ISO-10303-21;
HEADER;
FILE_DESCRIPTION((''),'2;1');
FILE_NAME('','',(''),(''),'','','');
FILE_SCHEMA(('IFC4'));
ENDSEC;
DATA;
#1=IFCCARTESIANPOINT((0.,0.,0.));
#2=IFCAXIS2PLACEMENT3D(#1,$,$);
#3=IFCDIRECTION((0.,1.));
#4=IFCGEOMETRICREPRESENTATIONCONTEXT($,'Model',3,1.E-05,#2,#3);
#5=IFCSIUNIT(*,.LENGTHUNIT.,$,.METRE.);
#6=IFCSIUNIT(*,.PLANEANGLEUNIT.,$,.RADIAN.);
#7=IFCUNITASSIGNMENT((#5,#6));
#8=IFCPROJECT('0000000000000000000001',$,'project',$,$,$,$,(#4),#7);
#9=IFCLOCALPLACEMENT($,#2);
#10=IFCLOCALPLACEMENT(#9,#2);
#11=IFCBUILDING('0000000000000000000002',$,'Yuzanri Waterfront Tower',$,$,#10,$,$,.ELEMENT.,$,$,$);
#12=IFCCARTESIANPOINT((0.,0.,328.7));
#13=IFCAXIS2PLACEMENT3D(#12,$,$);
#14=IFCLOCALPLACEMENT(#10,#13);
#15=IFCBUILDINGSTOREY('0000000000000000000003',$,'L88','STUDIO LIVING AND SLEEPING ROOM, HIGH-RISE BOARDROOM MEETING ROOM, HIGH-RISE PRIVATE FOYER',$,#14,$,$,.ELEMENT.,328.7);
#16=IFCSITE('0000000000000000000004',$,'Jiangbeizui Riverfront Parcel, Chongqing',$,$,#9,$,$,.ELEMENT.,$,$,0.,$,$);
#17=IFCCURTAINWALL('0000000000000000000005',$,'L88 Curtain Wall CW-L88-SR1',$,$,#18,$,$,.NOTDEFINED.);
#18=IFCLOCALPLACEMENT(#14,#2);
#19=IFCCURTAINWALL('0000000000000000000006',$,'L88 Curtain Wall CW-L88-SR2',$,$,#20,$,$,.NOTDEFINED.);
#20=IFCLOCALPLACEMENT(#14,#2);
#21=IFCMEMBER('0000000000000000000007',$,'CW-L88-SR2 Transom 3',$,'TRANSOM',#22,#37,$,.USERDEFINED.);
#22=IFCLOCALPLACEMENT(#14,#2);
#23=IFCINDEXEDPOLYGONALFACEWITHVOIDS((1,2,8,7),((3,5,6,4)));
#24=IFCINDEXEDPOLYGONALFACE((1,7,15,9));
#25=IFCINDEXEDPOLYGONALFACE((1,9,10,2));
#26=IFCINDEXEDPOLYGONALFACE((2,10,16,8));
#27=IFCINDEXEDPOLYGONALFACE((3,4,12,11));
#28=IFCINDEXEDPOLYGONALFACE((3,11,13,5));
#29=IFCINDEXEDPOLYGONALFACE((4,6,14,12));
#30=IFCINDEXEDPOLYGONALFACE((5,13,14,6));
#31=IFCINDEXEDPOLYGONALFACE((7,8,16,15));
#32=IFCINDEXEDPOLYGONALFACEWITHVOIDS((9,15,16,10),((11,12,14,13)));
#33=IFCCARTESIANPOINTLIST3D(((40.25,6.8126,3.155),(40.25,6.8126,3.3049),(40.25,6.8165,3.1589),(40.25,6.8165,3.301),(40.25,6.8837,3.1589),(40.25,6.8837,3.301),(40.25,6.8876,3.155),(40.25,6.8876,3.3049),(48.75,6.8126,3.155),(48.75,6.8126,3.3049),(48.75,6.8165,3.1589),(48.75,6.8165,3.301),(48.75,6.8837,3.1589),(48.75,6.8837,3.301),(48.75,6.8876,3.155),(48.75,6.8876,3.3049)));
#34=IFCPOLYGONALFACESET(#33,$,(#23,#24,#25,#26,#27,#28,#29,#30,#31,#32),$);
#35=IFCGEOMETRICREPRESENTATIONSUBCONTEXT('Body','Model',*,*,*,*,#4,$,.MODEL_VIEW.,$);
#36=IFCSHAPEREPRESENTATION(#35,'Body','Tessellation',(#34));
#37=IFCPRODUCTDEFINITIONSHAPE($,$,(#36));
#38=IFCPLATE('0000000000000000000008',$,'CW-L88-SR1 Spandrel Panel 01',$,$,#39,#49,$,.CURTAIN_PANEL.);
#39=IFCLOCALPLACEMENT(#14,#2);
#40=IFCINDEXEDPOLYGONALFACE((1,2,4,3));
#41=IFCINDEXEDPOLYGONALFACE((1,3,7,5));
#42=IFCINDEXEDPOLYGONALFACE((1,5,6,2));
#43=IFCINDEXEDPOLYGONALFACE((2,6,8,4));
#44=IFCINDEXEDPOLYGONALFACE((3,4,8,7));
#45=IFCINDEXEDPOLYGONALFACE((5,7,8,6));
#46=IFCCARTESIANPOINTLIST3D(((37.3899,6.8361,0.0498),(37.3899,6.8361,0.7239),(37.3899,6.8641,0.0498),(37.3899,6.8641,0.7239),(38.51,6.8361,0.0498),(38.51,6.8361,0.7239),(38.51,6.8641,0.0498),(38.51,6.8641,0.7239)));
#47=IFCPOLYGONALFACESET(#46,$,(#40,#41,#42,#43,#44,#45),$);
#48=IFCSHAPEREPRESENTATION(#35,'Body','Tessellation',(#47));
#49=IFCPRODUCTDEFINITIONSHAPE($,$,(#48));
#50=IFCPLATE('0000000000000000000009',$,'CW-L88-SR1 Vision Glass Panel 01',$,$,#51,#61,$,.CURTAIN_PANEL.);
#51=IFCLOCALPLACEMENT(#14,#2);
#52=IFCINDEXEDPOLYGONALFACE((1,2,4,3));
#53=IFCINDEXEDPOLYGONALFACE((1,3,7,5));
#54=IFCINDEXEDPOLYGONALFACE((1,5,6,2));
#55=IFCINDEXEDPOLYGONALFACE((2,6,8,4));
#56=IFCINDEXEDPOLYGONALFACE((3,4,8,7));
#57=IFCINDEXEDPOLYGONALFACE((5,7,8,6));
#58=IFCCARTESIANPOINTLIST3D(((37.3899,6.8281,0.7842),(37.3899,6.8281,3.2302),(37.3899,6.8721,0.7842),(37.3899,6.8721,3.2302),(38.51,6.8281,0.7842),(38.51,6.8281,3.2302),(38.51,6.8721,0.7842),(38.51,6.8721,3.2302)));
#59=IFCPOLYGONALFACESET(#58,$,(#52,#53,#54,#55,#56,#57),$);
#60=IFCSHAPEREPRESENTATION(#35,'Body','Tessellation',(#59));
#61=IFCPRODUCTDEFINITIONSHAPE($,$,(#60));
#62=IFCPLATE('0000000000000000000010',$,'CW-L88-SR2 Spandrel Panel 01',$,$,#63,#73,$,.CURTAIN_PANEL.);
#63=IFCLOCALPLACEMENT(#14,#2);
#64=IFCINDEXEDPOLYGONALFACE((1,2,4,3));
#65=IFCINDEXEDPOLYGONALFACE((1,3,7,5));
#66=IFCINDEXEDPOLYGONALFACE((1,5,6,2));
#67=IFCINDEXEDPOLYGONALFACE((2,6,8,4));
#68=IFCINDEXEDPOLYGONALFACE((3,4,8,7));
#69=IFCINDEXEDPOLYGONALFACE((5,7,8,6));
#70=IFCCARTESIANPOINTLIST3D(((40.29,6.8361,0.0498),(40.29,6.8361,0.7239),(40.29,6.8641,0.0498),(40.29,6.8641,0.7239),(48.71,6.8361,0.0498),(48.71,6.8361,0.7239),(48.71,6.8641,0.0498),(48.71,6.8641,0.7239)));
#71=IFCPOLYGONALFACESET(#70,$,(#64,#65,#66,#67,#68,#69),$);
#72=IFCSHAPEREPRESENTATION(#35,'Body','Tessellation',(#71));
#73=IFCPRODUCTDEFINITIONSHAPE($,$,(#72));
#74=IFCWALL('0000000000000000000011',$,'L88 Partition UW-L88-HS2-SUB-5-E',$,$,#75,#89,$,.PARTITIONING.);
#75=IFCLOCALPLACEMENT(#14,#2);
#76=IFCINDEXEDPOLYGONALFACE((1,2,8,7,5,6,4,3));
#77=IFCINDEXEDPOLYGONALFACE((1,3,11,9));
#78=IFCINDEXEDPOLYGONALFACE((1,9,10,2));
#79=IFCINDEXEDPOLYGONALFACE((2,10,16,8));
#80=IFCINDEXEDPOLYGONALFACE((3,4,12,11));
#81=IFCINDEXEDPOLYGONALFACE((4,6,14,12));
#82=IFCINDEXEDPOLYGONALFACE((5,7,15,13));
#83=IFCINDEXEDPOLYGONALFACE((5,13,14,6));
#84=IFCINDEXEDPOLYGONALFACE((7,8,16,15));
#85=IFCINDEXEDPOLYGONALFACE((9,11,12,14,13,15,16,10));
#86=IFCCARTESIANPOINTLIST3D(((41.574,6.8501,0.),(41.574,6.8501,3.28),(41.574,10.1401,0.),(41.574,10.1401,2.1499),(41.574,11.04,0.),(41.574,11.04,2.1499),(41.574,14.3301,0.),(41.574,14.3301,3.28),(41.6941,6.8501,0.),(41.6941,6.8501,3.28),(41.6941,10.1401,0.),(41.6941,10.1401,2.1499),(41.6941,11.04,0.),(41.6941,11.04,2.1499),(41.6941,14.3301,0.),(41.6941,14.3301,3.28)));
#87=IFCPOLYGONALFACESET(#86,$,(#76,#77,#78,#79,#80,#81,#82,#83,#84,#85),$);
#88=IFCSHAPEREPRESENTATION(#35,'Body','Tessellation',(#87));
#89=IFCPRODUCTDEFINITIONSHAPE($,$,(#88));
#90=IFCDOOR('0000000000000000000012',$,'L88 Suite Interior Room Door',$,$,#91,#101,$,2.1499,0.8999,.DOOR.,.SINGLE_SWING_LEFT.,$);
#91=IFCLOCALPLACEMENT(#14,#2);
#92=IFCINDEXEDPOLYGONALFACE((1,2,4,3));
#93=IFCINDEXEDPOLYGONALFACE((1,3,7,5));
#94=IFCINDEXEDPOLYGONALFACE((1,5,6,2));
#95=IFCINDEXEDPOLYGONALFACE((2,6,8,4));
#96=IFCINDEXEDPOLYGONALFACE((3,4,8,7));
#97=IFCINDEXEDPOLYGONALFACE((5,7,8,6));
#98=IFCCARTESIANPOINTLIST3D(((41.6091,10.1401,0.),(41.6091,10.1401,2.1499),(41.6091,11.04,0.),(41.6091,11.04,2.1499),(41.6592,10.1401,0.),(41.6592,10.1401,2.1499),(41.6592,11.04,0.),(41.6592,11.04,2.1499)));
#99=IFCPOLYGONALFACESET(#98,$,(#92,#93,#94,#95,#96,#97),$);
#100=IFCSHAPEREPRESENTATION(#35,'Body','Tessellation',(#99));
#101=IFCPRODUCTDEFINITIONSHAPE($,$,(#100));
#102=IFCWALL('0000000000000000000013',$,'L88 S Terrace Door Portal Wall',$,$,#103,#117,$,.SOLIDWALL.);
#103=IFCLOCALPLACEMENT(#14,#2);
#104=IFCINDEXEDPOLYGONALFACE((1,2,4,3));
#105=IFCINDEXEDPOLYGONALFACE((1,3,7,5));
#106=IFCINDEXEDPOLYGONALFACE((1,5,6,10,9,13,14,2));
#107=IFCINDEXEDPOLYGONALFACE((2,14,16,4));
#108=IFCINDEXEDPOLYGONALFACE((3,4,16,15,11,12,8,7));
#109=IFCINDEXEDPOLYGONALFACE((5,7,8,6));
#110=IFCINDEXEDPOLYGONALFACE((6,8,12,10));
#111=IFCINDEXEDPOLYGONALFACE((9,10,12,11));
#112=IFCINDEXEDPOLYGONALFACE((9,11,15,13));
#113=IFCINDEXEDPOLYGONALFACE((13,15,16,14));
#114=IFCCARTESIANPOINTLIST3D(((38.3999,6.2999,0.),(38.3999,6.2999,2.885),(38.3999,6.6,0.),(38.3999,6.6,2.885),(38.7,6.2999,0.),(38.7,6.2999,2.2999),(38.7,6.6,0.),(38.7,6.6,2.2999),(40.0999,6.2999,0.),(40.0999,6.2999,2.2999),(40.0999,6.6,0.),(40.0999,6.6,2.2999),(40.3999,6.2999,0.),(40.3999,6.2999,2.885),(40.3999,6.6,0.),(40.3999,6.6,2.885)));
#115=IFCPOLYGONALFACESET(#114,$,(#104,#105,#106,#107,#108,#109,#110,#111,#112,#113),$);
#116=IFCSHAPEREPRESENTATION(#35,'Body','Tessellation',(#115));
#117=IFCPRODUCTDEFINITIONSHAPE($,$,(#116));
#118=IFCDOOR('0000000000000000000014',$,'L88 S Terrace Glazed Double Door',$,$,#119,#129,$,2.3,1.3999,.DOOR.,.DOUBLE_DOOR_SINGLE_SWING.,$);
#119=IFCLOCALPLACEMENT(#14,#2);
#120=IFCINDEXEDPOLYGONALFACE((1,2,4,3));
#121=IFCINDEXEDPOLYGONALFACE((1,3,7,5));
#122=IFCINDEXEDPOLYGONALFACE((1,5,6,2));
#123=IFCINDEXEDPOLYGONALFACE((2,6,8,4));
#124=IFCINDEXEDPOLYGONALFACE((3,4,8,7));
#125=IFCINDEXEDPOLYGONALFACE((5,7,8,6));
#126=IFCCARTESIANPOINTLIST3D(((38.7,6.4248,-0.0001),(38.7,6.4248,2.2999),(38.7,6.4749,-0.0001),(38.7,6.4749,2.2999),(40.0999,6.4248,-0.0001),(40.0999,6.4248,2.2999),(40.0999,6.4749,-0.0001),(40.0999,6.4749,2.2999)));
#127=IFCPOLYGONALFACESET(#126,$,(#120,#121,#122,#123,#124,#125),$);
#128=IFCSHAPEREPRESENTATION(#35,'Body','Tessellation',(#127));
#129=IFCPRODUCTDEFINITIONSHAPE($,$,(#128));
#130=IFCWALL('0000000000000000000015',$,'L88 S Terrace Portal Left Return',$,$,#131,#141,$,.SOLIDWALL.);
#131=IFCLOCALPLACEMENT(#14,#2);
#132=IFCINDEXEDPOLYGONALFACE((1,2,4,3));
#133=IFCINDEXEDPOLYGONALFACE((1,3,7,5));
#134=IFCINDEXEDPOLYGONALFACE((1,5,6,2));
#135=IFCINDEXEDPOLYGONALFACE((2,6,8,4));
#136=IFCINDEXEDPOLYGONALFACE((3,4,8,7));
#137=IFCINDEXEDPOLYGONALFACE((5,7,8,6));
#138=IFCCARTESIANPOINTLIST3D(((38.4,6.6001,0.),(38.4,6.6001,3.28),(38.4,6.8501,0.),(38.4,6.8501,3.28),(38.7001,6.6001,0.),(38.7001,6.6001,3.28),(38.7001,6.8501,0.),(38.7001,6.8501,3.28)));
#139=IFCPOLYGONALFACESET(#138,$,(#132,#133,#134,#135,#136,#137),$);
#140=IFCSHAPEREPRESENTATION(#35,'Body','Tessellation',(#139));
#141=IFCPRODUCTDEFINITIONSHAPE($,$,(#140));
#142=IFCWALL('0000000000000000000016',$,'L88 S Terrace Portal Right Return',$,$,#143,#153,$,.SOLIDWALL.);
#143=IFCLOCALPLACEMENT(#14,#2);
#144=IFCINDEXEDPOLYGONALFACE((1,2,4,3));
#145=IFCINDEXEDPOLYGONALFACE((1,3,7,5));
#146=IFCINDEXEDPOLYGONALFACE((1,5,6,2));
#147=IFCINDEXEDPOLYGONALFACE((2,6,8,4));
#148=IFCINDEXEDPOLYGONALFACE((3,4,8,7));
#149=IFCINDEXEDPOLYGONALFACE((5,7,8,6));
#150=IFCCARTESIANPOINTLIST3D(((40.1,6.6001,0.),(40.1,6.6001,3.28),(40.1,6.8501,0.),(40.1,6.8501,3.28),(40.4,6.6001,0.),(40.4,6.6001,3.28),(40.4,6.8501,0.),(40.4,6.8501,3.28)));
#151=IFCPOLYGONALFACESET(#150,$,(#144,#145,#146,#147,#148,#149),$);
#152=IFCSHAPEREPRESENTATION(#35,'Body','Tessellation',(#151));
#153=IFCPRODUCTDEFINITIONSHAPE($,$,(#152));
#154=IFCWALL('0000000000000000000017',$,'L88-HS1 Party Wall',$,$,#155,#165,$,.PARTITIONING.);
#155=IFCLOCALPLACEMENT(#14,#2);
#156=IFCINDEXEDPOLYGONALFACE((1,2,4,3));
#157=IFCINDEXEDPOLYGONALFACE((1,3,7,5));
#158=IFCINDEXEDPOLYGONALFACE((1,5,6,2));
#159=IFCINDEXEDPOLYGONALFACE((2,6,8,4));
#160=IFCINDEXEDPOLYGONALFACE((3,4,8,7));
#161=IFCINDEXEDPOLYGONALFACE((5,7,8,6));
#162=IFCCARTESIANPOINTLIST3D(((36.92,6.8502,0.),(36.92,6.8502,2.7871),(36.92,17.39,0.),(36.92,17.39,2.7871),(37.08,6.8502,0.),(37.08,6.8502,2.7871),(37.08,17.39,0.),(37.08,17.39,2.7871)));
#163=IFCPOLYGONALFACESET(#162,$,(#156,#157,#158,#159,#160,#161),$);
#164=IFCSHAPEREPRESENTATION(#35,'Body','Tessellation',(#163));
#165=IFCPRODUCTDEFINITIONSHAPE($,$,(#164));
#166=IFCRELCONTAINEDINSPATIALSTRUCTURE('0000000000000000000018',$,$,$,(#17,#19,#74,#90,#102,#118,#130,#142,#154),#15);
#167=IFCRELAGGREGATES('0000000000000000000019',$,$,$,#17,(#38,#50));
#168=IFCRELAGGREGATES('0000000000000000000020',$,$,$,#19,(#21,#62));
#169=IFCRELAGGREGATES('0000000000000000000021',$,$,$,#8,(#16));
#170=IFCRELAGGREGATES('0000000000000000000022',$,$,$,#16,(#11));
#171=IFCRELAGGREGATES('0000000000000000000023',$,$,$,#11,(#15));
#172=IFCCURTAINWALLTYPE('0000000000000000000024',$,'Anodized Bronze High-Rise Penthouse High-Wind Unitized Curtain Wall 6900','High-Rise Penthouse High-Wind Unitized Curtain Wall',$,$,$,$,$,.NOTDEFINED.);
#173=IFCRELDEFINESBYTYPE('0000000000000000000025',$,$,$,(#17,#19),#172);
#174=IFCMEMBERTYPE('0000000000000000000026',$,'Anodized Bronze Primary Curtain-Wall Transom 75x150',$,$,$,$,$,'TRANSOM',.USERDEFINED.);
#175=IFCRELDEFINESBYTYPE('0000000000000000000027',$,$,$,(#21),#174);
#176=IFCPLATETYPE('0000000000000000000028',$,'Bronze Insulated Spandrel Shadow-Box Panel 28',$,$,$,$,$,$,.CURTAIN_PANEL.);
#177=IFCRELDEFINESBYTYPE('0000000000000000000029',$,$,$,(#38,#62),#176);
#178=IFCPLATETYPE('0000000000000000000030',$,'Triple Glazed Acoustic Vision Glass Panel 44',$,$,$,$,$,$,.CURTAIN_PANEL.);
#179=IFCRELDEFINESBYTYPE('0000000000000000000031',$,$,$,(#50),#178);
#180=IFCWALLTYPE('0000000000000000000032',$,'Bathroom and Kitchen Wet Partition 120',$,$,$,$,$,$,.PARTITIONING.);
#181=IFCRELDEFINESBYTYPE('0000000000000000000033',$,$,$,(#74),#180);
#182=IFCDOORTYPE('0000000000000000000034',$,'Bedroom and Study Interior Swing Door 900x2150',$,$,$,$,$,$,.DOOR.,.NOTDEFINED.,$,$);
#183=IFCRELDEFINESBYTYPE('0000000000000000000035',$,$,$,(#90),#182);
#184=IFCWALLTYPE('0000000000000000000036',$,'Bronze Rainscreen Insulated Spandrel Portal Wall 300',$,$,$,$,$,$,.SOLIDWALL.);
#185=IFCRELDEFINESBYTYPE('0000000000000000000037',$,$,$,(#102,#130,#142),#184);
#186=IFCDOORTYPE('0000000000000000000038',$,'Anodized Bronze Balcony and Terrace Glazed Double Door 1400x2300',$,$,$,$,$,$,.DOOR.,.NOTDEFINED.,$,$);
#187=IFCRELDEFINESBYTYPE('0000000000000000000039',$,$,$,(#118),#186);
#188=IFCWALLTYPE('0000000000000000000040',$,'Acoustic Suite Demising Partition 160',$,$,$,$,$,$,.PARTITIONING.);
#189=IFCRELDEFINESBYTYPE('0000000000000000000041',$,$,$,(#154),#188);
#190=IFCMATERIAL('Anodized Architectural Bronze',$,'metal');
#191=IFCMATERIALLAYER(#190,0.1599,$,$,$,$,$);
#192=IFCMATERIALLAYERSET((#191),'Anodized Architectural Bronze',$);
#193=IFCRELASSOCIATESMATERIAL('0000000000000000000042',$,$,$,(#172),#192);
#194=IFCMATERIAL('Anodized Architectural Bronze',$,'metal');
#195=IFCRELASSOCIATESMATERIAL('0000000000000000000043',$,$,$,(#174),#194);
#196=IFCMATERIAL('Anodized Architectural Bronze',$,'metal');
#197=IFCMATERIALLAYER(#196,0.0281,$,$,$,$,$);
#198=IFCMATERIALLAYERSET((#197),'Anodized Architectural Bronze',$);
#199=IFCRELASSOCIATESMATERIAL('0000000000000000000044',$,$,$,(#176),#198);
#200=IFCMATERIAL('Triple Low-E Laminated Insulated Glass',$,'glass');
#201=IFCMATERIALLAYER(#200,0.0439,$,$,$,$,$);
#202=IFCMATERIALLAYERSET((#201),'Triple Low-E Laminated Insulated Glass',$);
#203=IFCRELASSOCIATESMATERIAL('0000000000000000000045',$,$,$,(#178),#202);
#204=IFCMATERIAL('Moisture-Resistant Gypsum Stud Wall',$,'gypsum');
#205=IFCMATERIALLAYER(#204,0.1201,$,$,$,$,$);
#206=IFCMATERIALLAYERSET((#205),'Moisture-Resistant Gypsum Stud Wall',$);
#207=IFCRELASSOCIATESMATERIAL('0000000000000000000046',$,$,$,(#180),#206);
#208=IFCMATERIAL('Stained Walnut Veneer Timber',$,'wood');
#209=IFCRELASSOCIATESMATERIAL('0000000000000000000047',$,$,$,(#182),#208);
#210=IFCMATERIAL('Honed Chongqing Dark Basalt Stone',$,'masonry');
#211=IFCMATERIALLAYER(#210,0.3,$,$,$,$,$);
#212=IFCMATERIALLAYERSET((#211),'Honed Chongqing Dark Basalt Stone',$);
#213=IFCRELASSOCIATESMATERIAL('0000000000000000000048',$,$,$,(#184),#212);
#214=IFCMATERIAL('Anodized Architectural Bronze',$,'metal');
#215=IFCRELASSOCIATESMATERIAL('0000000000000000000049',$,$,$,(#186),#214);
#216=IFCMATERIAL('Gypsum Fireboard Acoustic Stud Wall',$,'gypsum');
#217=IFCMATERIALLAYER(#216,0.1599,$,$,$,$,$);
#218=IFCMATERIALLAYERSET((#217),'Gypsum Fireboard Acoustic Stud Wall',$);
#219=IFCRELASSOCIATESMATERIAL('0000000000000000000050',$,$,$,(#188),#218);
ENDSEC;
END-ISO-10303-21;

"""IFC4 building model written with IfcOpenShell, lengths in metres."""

from ifc_helpers import new_model, si_unit, direction, frame, frame_2d, origin, origin_2d, place, context, subcontext, project, spatial, rectangle, hollow_rectangle, extrude, source, transform, mapped, material, layer, layer_set, material_profile, profile_set, type_object, element, fill, aggregate, save


model = new_model("IFC4")

# Units and contexts
model_context = context("Model", 3, precision=1e-05, world=origin(), true_north=direction((0.0, 1.0)))
body_context = subcontext(model_context, "Body", "Model", "MODEL_VIEW")
ifc_project = project(units=[si_unit("LENGTHUNIT", "METRE"), si_unit("PLANEANGLEUNIT", "RADIAN")], contexts=[model_context])

# Site, building, storey
site_placement = place(None, origin())
site = spatial("IfcSite", under=ifc_project, at=site_placement, Name="Jiangbeizui Riverfront Parcel, Chongqing", CompositionType="ELEMENT", RefElevation=0.0)
building_placement = place(site_placement, origin())
building = spatial("IfcBuilding", under=site, at=building_placement, Name="Yuzanri Waterfront Tower", CompositionType="ELEMENT")
storey_placement = place(building_placement, frame((0.0, 0.0, 328.7)))
storey = spatial("IfcBuildingStorey", under=building, at=storey_placement, Name="L88", Description="STUDIO LIVING AND SLEEPING ROOM, HIGH-RISE BOARDROOM MEETING ROOM, HIGH-RISE PRIVATE FOYER", CompositionType="ELEMENT", Elevation=328.7)

# Curtain wall
ifc_material_1 = material(Name="Anodized Architectural Bronze", Category="metal")
ifc_layer_1 = layer(ifc_material_1, 0.1599)
ifc_layer_set_1 = layer_set([ifc_layer_1], Name="Anodized Architectural Bronze")
curtain_wall_type = type_object("IfcCurtainWallType", Name="Anodized Bronze High-Rise Penthouse High-Wind Unitized Curtain Wall 6900", Description="High-Rise Penthouse High-Wind Unitized Curtain Wall", PredefinedType="NOTDEFINED", material=ifc_layer_set_1)
curtain_wall_1_placement = place(storey_placement, origin())
curtain_wall_1 = element("IfcCurtainWall", 1, at=curtain_wall_1_placement, inside=storey, type_object=curtain_wall_type, Name="L88 Curtain Wall CW-L88-SR1", PredefinedType="NOTDEFINED")

# Curtain wall
curtain_wall_2_placement = place(storey_placement, origin())
curtain_wall_2 = element("IfcCurtainWall", 2, at=curtain_wall_2_placement, inside=storey, type_object=curtain_wall_type, Name="L88 Curtain Wall CW-L88-SR2", PredefinedType="NOTDEFINED")

# Member
ifc_material_2 = material(Name="Anodized Architectural Bronze", Category="metal")
ifc_material_profile_1 = material_profile(ifc_material_2, hollow_rectangle(XDim=0.075, YDim=0.1499, WallThickness=0.0039, at=origin_2d()), Name="CWT 75x150")
ifc_profile_set_1 = profile_set([ifc_material_profile_1], Name="Anodized Architectural Bronze")
member_type_1 = type_object("IfcMemberType", Name="Anodized Bronze Primary Curtain-Wall Transom 75x150", ElementType="TRANSOM", PredefinedType="USERDEFINED", material=ifc_profile_set_1)
shared_shape_1 = source(origin(), body_context, "Body", "SweptSolid", [
    extrude(hollow_rectangle(XDim=0.075, YDim=0.1499, WallThickness=0.0039, at=origin_2d()), origin(), (0.0, 0.0, 1.0), 8.5),
])
member_1_placement = place(storey_placement, frame((40.25, 6.8501, 3.23), z_axis=(1.0, 0.0, 0.0), x_axis=(0.0, 1.0, 0.0)))
member_1 = element("IfcMember", 3, at=member_1_placement, type_object=member_type_1, Name="CW-L88-SR2 Transom 3", ObjectType="TRANSOM", PredefinedType="USERDEFINED", context=body_context, shape_type="MappedRepresentation", body=[
    mapped(shared_shape_1, transform((0.0, 0.0, 0.0), scale=1.0)),
])

# Plates
ifc_material_3 = material(Name="Anodized Architectural Bronze", Category="metal")
ifc_layer_2 = layer(ifc_material_3, 0.0281)
ifc_layer_set_2 = layer_set([ifc_layer_2], Name="Anodized Architectural Bronze")
plate_type_1 = type_object("IfcPlateType", Name="Bronze Insulated Spandrel Shadow-Box Panel 28", PredefinedType="CURTAIN_PANEL", material=ifc_layer_set_2)
shared_shape_2 = source(origin(), body_context, "Body", "SweptSolid", [
    extrude(rectangle(XDim=1.1201, YDim=0.0281, at=origin_2d()), origin(), (0.0, 0.0, 1.0), 0.6741),
])
plate_1_placement = place(storey_placement, frame((37.95, 6.8501, 0.0498), z_axis=(0.0, 0.0, 1.0), x_axis=(1.0, 0.0, 0.0)))
plate_1 = element("IfcPlate", 4, at=plate_1_placement, type_object=plate_type_1, Name="CW-L88-SR1 Spandrel Panel 01", PredefinedType="CURTAIN_PANEL", context=body_context, shape_type="MappedRepresentation", body=[
    mapped(shared_shape_2, transform((0.0, 0.0, 0.0), scale=1.0)),
])
ifc_material_4 = material(Name="Triple Low-E Laminated Insulated Glass", Category="glass")
ifc_layer_3 = layer(ifc_material_4, 0.0439)
ifc_layer_set_3 = layer_set([ifc_layer_3], Name="Triple Low-E Laminated Insulated Glass")
plate_type_2 = type_object("IfcPlateType", Name="Triple Glazed Acoustic Vision Glass Panel 44", PredefinedType="CURTAIN_PANEL", material=ifc_layer_set_3)
shared_shape_3 = source(origin(), body_context, "Body", "SweptSolid", [
    extrude(rectangle(XDim=1.1201, YDim=0.0439, at=origin_2d()), origin(), (0.0, 0.0, 1.0), 2.446),
])
plate_2_placement = place(storey_placement, frame((37.95, 6.8501, 0.7842), z_axis=(0.0, 0.0, 1.0), x_axis=(1.0, 0.0, 0.0)))
plate_2 = element("IfcPlate", 5, at=plate_2_placement, type_object=plate_type_2, Name="CW-L88-SR1 Vision Glass Panel 01", PredefinedType="CURTAIN_PANEL", context=body_context, shape_type="MappedRepresentation", body=[
    mapped(shared_shape_3, transform((0.0, 0.0, 0.0), scale=1.0)),
])
aggregate(curtain_wall_1, [plate_1, plate_2])
shared_shape_4 = source(origin(), body_context, "Body", "SweptSolid", [
    extrude(rectangle(XDim=8.4199, YDim=0.0281, at=origin_2d()), origin(), (0.0, 0.0, 1.0), 0.6741),
])
plate_3_placement = place(storey_placement, frame((44.5, 6.8501, 0.0498), z_axis=(0.0, 0.0, 1.0), x_axis=(1.0, 0.0, 0.0)))
plate_3 = element("IfcPlate", 6, at=plate_3_placement, type_object=plate_type_1, Name="CW-L88-SR2 Spandrel Panel 01", PredefinedType="CURTAIN_PANEL", context=body_context, shape_type="MappedRepresentation", body=[
    mapped(shared_shape_4, transform((0.0, 0.0, 0.0), scale=1.0)),
])
aggregate(curtain_wall_2, [member_1, plate_3])

# Walls, openings, doors
ifc_material_5 = material(Name="Moisture-Resistant Gypsum Stud Wall", Category="gypsum")
ifc_layer_4 = layer(ifc_material_5, 0.1201)
ifc_layer_set_4 = layer_set([ifc_layer_4], Name="Moisture-Resistant Gypsum Stud Wall")
wall_type_1 = type_object("IfcWallType", Name="Bathroom and Kitchen Wet Partition 120", PredefinedType="PARTITIONING", material=ifc_layer_set_4)
wall_1_placement = place(storey_placement, frame((41.634, 6.8501, 0.0), z_axis=(0.0, 0.0, 1.0), x_axis=(0.0, 1.0, 0.0)))
wall_1 = element("IfcWall", 7, at=wall_1_placement, inside=storey, type_object=wall_type_1, Name="L88 Partition UW-L88-HS2-SUB-5-E", PredefinedType="PARTITIONING", context=body_context, shape_type="SweptSolid", body=[
    extrude(rectangle(XDim=7.48, YDim=0.1201, at=frame_2d((3.74, 0.0))), origin(), (0.0, 0.0, 1.0), 3.28),
])
opening_1_placement = place(wall_1_placement, frame((3.29, 0.0, 0.0)))
opening_1 = element("IfcOpeningElement", 8, at=opening_1_placement, cuts=wall_1, PredefinedType="OPENING", context=body_context, shape_type="SweptSolid", body=[
    extrude(rectangle(XDim=0.8999, YDim=2.1499, at=frame_2d((0.45, 1.075))), frame((0.0, 0.075, 0.0), z_axis=(0.0, -1.0, 0.0), x_axis=(1.0, 0.0, 0.0)), (0.0, 0.0, 1.0), 0.1499),
])
ifc_material_6 = material(Name="Stained Walnut Veneer Timber", Category="wood")
door_type_1 = type_object("IfcDoorType", Name="Bedroom and Study Interior Swing Door 900x2150", OperationType="NOTDEFINED", PredefinedType="DOOR", material=ifc_material_6)
shared_shape_5 = source(origin(), body_context, "Body", "SweptSolid", [
    extrude(rectangle(XDim=0.8999, YDim=2.1499, at=frame_2d((0.45, 1.075))), frame((0.0, 0.0249, 0.0), z_axis=(0.0, -1.0, 0.0), x_axis=(1.0, 0.0, 0.0)), (0.0, 0.0, 1.0), 0.05),
])
door_1_placement = place(opening_1_placement, origin())
door_1 = element("IfcDoor", 9, at=door_1_placement, inside=storey, type_object=door_type_1, Name="L88 Suite Interior Room Door", OperationType="SINGLE_SWING_LEFT", OverallHeight=2.1499, OverallWidth=0.8999, PredefinedType="DOOR", context=body_context, shape_type="MappedRepresentation", body=[
    mapped(shared_shape_5, transform((0.0, 0.0, 0.0), scale=1.0)),
])
fill(opening_1, door_1)
ifc_material_7 = material(Name="Honed Chongqing Dark Basalt Stone", Category="masonry")
ifc_layer_5 = layer(ifc_material_7, 0.3)
ifc_layer_set_5 = layer_set([ifc_layer_5], Name="Honed Chongqing Dark Basalt Stone")
wall_type_2 = type_object("IfcWallType", Name="Bronze Rainscreen Insulated Spandrel Portal Wall 300", PredefinedType="SOLIDWALL", material=ifc_layer_set_5)
wall_2_placement = place(storey_placement, frame((38.3999, 6.45, 0.0), z_axis=(0.0, 0.0, 1.0), x_axis=(1.0, 0.0, 0.0)))
wall_2 = element("IfcWall", 10, at=wall_2_placement, inside=storey, type_object=wall_type_2, Name="L88 S Terrace Door Portal Wall", PredefinedType="SOLIDWALL", context=body_context, shape_type="SweptSolid", body=[
    extrude(rectangle(XDim=2.0, YDim=0.3, at=frame_2d((1.0, 0.0))), origin(), (0.0, 0.0, 1.0), 2.885),
])
opening_2_placement = place(wall_2_placement, frame((0.3, 0.0, 0.0)))
opening_2 = element("IfcOpeningElement", 11, at=opening_2_placement, cuts=wall_2, PredefinedType="OPENING", context=body_context, shape_type="SweptSolid", body=[
    extrude(rectangle(XDim=1.3999, YDim=2.3, at=frame_2d((0.7, 1.1499))), frame((0.0, 0.165, 0.0), z_axis=(0.0, -1.0, 0.0), x_axis=(1.0, 0.0, 0.0)), (0.0, 0.0, 1.0), 0.3298),
])
ifc_material_8 = material(Name="Anodized Architectural Bronze", Category="metal")
door_type_2 = type_object("IfcDoorType", Name="Anodized Bronze Balcony and Terrace Glazed Double Door 1400x2300", OperationType="NOTDEFINED", PredefinedType="DOOR", material=ifc_material_8)
shared_shape_6 = source(origin(), body_context, "Body", "SweptSolid", [
    extrude(rectangle(XDim=1.3999, YDim=2.3, at=frame_2d((0.7, 1.1499))), frame((0.0, 0.0249, 0.0), z_axis=(0.0, -1.0, 0.0), x_axis=(1.0, 0.0, 0.0)), (0.0, 0.0, 1.0), 0.05),
])
door_2_placement = place(opening_2_placement, origin())
door_2 = element("IfcDoor", 12, at=door_2_placement, inside=storey, type_object=door_type_2, Name="L88 S Terrace Glazed Double Door", OperationType="DOUBLE_DOOR_SINGLE_SWING", OverallHeight=2.3, OverallWidth=1.3999, PredefinedType="DOOR", context=body_context, shape_type="MappedRepresentation", body=[
    mapped(shared_shape_6, transform((0.0, 0.0, 0.0), scale=1.0)),
])
fill(opening_2, door_2)

# Walls
shared_shape_7 = source(origin(), body_context, "Body", "SweptSolid", [
    extrude(rectangle(XDim=0.25, YDim=0.3, at=frame_2d((0.125, 0.0))), origin(), (0.0, 0.0, 1.0), 3.28),
])
for number, where, z_axis, x_axis, name in (
    (13, (38.55, 6.8501, 0.0), (0.0, 0.0, 1.0), (0.0, -1.0, 0.0), "L88 S Terrace Portal Left Return"),
    (14, (40.25, 6.6001, 0.0), (0.0, 0.0, 1.0), (0.0, 1.0, 0.0), "L88 S Terrace Portal Right Return"),
):
    element("IfcWall", number, at=place(storey_placement, frame(where, z_axis=z_axis, x_axis=x_axis)), inside=storey, type_object=wall_type_2, Name=name, PredefinedType="SOLIDWALL", context=body_context, shape_type="MappedRepresentation", body=[
        mapped(shared_shape_7, transform((0.0, 0.0, 0.0), scale=1.0)),
    ])
ifc_material_9 = material(Name="Gypsum Fireboard Acoustic Stud Wall", Category="gypsum")
ifc_layer_6 = layer(ifc_material_9, 0.1599)
ifc_layer_set_6 = layer_set([ifc_layer_6], Name="Gypsum Fireboard Acoustic Stud Wall")
wall_type_3 = type_object("IfcWallType", Name="Acoustic Suite Demising Partition 160", PredefinedType="PARTITIONING", material=ifc_layer_set_6)
shared_shape_8 = source(origin(), body_context, "Body", "SweptSolid", [
    extrude(rectangle(XDim=10.5398, YDim=0.1599, at=frame_2d((5.27, 0.0))), origin(), (0.0, 0.0, 1.0), 2.7871),
])
wall_3_placement = place(storey_placement, frame((37.0, 6.8501, 0.0), z_axis=(0.0, 0.0, 1.0), x_axis=(0.0, 1.0, 0.0)))
element("IfcWall", 15, at=wall_3_placement, inside=storey, type_object=wall_type_3, Name="L88-HS1 Party Wall", PredefinedType="PARTITIONING", context=body_context, shape_type="MappedRepresentation", body=[
    mapped(shared_shape_8, transform((0.0, 0.0, 0.0), scale=1.0)),
])

save(model, "model.ifc")
